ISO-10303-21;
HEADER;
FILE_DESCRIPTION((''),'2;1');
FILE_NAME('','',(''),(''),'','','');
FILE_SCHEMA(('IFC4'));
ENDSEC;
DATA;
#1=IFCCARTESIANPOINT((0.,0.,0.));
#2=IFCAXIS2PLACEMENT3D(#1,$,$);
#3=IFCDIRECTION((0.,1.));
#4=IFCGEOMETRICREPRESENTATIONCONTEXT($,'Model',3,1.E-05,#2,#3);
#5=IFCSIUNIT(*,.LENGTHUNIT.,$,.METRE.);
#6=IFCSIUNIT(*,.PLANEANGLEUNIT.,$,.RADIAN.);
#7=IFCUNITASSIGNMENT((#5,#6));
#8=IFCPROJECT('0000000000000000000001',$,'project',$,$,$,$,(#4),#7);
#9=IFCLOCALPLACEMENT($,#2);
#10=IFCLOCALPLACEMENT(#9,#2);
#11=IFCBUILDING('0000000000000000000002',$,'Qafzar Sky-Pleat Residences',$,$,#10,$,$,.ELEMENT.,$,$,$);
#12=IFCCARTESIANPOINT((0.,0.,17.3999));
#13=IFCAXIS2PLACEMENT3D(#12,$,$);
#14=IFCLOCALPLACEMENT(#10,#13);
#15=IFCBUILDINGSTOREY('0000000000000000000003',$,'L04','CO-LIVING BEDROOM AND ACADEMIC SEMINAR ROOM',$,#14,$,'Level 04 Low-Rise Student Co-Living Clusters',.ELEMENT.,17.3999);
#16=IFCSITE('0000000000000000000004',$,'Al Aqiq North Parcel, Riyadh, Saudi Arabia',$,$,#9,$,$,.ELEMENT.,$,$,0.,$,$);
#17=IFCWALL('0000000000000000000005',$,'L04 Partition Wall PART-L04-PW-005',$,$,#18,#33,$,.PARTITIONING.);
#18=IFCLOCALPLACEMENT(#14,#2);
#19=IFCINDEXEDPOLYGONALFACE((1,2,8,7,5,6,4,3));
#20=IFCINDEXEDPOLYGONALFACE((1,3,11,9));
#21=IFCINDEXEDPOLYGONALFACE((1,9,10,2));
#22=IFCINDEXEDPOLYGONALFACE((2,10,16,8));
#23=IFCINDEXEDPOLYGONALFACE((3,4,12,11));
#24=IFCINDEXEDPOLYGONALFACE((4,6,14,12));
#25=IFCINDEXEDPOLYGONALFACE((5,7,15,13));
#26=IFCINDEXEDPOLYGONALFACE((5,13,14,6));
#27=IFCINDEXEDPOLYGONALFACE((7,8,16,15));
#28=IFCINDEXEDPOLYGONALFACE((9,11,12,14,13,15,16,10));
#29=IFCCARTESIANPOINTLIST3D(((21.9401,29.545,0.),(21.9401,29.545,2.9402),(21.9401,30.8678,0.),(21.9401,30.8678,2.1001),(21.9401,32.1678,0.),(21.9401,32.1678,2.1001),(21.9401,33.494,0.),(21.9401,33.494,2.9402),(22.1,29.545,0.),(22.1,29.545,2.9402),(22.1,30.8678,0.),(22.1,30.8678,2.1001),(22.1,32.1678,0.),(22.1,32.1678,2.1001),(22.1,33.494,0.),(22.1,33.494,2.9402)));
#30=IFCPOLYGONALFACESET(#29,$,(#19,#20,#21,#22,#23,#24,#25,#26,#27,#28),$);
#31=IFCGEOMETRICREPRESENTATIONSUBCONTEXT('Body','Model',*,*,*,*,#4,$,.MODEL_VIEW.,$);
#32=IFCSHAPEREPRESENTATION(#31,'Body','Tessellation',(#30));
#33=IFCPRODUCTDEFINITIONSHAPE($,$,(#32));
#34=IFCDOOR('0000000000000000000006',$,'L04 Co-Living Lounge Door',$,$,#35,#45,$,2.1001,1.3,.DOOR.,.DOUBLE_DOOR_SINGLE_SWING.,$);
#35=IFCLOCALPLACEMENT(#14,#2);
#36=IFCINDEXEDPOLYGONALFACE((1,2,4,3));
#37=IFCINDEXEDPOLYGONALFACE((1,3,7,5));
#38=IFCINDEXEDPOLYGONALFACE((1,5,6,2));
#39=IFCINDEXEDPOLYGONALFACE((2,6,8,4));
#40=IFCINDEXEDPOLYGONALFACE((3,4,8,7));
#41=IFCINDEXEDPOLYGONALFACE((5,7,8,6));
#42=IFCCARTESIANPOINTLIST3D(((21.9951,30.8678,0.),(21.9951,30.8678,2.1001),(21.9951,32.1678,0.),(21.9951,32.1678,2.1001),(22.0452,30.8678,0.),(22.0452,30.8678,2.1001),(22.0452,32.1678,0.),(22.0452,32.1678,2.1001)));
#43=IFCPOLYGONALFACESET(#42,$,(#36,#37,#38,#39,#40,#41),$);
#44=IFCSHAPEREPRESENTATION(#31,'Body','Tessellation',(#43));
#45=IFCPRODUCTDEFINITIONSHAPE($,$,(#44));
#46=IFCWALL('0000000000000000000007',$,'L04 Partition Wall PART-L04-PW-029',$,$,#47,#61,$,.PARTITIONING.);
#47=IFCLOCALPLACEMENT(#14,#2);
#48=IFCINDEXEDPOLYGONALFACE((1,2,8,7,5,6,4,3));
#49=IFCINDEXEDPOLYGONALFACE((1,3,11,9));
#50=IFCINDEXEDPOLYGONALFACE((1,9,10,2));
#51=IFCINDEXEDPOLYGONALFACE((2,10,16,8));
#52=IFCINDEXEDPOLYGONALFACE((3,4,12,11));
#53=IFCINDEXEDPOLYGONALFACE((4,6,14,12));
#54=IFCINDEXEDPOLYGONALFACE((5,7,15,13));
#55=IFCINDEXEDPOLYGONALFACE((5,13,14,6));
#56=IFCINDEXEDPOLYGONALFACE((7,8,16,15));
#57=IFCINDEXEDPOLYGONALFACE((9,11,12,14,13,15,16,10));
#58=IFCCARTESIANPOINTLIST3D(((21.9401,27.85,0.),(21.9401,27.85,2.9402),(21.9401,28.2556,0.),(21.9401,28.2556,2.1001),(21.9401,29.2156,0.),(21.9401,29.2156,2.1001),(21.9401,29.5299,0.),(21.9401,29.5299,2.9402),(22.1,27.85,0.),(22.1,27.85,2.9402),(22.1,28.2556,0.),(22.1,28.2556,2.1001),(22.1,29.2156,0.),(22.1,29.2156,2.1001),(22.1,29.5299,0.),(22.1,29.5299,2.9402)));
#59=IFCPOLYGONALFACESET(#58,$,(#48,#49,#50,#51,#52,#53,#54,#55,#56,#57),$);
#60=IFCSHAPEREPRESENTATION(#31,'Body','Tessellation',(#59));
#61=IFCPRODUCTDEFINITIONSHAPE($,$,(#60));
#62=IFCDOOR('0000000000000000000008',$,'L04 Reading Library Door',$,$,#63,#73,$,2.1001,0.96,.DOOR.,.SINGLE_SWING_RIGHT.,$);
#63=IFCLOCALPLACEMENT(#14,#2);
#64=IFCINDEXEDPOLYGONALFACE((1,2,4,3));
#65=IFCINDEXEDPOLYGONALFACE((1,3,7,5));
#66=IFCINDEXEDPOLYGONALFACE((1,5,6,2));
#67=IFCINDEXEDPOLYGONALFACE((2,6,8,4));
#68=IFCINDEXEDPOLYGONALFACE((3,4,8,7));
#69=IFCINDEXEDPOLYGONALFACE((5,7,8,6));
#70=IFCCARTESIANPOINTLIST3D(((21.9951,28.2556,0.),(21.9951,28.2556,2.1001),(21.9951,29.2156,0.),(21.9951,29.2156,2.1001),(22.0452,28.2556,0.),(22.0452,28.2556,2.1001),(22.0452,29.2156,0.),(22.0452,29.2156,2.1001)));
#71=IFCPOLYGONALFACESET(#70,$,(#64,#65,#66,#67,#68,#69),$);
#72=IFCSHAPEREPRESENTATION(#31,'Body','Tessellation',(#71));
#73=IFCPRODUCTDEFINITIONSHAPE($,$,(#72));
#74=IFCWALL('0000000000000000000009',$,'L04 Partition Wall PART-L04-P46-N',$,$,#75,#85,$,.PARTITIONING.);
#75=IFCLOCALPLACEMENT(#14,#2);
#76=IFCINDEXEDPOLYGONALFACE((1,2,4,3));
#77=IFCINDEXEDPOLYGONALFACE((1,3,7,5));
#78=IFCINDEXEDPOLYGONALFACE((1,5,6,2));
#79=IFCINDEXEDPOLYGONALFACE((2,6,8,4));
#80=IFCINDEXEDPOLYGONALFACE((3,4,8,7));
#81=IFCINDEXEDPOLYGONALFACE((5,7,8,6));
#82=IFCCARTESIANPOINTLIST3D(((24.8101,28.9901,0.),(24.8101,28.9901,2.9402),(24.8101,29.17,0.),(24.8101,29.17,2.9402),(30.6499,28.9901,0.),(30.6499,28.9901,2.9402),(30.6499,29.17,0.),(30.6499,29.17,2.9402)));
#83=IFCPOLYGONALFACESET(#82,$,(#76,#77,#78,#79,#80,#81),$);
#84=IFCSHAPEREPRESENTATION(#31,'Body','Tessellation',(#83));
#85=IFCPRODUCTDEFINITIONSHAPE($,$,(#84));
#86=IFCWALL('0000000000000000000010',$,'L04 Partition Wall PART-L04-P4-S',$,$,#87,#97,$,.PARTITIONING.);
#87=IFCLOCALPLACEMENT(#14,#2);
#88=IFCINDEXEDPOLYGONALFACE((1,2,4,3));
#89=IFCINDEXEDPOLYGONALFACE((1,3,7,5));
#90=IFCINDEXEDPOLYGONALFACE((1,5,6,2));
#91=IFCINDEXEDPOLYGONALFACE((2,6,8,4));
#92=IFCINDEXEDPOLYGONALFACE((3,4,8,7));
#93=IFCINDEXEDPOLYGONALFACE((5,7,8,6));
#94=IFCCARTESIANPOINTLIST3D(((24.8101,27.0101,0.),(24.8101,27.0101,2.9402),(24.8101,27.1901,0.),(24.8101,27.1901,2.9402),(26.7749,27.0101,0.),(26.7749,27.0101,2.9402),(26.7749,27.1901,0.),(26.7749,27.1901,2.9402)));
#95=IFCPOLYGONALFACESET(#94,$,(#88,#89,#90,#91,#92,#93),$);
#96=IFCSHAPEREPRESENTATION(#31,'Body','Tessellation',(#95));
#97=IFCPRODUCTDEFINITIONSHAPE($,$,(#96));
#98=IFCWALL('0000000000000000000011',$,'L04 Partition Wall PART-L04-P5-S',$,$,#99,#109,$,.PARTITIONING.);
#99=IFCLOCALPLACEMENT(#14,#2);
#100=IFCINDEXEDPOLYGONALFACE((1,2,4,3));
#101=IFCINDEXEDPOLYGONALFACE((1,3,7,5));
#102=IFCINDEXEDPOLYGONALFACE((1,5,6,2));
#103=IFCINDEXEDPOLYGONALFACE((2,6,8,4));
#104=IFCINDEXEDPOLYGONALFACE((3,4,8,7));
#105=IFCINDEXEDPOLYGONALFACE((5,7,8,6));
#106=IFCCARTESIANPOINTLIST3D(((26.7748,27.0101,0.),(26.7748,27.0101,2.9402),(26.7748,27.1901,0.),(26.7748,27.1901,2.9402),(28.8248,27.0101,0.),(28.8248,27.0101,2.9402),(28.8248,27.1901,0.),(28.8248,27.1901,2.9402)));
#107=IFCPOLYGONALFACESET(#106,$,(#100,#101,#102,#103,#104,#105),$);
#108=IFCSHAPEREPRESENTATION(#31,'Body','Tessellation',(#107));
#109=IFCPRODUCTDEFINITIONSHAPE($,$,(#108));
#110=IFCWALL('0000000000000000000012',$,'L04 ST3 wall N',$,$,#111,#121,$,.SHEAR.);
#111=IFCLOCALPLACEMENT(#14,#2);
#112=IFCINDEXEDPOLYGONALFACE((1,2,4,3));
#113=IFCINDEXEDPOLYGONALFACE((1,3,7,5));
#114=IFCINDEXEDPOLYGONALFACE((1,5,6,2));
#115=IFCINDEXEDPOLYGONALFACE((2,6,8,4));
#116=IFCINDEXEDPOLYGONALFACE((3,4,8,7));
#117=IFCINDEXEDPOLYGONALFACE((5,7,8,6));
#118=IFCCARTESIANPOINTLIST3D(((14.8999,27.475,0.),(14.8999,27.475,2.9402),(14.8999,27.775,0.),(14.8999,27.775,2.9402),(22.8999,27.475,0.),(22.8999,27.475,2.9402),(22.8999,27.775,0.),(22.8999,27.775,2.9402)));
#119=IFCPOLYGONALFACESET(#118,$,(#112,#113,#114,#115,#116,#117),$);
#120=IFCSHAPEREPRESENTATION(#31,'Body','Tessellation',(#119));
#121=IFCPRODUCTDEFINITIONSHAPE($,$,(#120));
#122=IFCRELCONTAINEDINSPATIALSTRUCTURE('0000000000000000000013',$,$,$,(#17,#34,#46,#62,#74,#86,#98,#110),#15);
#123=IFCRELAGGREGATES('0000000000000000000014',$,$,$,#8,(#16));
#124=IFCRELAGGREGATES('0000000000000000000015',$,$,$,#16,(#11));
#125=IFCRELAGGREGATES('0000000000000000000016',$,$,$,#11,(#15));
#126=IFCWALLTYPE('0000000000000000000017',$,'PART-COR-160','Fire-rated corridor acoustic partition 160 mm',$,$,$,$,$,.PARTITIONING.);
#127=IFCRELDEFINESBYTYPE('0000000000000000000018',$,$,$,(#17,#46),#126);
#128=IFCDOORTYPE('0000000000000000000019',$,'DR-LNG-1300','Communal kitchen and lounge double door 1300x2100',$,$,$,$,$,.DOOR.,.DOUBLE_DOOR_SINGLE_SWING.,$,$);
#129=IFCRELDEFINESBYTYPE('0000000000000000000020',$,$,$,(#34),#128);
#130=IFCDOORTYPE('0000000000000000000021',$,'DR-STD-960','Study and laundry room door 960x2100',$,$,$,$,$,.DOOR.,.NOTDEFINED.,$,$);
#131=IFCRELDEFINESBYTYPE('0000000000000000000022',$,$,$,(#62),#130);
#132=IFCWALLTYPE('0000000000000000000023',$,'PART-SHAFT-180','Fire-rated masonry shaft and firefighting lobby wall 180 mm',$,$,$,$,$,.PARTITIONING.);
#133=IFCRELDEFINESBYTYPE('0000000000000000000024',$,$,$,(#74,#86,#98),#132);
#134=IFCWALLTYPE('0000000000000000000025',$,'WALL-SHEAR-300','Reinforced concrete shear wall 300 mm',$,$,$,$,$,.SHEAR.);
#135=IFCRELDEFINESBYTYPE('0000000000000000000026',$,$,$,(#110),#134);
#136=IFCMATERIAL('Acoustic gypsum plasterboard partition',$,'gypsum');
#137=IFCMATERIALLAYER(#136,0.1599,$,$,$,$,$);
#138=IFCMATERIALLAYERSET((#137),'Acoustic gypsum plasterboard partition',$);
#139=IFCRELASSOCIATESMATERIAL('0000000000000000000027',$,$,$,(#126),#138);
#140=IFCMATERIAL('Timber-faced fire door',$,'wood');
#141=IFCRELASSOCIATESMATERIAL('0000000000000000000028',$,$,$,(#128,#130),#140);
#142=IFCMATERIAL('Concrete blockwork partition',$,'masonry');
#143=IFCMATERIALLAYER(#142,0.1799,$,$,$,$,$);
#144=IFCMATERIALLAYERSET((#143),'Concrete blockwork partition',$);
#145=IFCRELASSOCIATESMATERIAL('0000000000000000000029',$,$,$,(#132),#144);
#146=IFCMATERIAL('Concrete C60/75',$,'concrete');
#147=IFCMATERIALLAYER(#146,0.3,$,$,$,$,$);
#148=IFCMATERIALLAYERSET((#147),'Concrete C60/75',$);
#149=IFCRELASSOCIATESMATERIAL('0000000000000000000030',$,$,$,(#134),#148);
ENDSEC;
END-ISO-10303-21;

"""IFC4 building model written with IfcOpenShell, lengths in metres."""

from ifc_helpers import new_model, si_unit, direction, frame, frame_2d, origin, place, context, subcontext, project, spatial, rectangle, extrude, source, transform, mapped, material, layer, layer_set, type_object, element, fill, save


model = new_model("IFC4")

# Units and contexts
model_context = context("Model", 3, precision=1e-05, world=origin(), true_north=direction((0.0, 1.0)))
body_context = subcontext(model_context, "Body", "Model", "MODEL_VIEW")
ifc_project = project(units=[si_unit("LENGTHUNIT", "METRE"), si_unit("PLANEANGLEUNIT", "RADIAN")], contexts=[model_context])

# Site, building, storey
site_placement = place(None, origin())
site = spatial("IfcSite", under=ifc_project, at=site_placement, Name="Al Aqiq North Parcel, Riyadh, Saudi Arabia", CompositionType="ELEMENT", RefElevation=0.0)
building_placement = place(site_placement, origin())
building = spatial("IfcBuilding", under=site, at=building_placement, Name="Qafzar Sky-Pleat Residences", CompositionType="ELEMENT")
storey_placement = place(building_placement, frame((0.0, 0.0, 17.3999)))
storey = spatial("IfcBuildingStorey", under=building, at=storey_placement, Name="L04", Description="CO-LIVING BEDROOM AND ACADEMIC SEMINAR ROOM", LongName="Level 04 Low-Rise Student Co-Living Clusters", CompositionType="ELEMENT", Elevation=17.3999)

# Walls, openings, doors
ifc_material_1 = material(Name="Acoustic gypsum plasterboard partition", Category="gypsum")
ifc_layer_1 = layer(ifc_material_1, 0.1599)
ifc_layer_set_1 = layer_set([ifc_layer_1], Name="Acoustic gypsum plasterboard partition")
wall_type_1 = type_object("IfcWallType", Name="PART-COR-160", Description="Fire-rated corridor acoustic partition 160 mm", PredefinedType="PARTITIONING", material=ifc_layer_set_1)
wall_1_placement = place(storey_placement, frame((22.02, 29.5449, 0.0), z_axis=(0.0, 0.0, 1.0), x_axis=(0.0, 1.0, 0.0)))
wall_1 = element("IfcWall", 1, at=wall_1_placement, inside=storey, type_object=wall_type_1, Name="L04 Partition Wall PART-L04-PW-005", PredefinedType="PARTITIONING", context=body_context, shape_type="SweptSolid", body=[
    extrude(rectangle(XDim=3.949, YDim=0.1599, at=frame_2d((1.9746, 0.0))), origin(), (0.0, 0.0, 1.0), 2.9402),
])
opening_1_placement = place(wall_1_placement, frame((1.323, 0.0, 0.0)))
opening_1 = element("IfcOpeningElement", 2, at=opening_1_placement, cuts=wall_1, PredefinedType="OPENING", context=body_context, shape_type="SweptSolid", body=[
    extrude(rectangle(XDim=1.3, YDim=2.1001, at=frame_2d((0.6499, 1.05))), frame((0.0, 0.0898, 0.0), z_axis=(0.0, -1.0, 0.0), x_axis=(1.0, 0.0, 0.0)), (0.0, 0.0, 1.0), 0.1799),
])
ifc_material_2 = material(Name="Timber-faced fire door", Category="wood")
door_type_1 = type_object("IfcDoorType", Name="DR-LNG-1300", Description="Communal kitchen and lounge double door 1300x2100", OperationType="DOUBLE_DOOR_SINGLE_SWING", PredefinedType="DOOR", material=ifc_material_2)
shared_shape_1 = source(origin(), body_context, "Body", "SweptSolid", [
    extrude(rectangle(XDim=1.3, YDim=2.1001, at=frame_2d((0.6499, 1.05))), frame((0.0, 0.0249, 0.0), z_axis=(0.0, -1.0, 0.0), x_axis=(1.0, 0.0, 0.0)), (0.0, 0.0, 1.0), 0.05),
])
door_1_placement = place(opening_1_placement, origin())
door_1 = element("IfcDoor", 3, at=door_1_placement, inside=storey, type_object=door_type_1, Name="L04 Co-Living Lounge Door", OperationType="DOUBLE_DOOR_SINGLE_SWING", OverallHeight=2.1001, OverallWidth=1.3, PredefinedType="DOOR", context=body_context, shape_type="MappedRepresentation", body=[
    mapped(shared_shape_1, transform((0.0, 0.0, 0.0), x_axis=(1.0, 0.0, 0.0), y_axis=(0.0, 1.0, 0.0), z_axis=(0.0, 0.0, 1.0), scale=1.0)),
])
fill(opening_1, door_1)
wall_2_placement = place(storey_placement, frame((22.02, 27.8501, 0.0), z_axis=(0.0, 0.0, 1.0), x_axis=(0.0, 1.0, 0.0)))
wall_2 = element("IfcWall", 4, at=wall_2_placement, inside=storey, type_object=wall_type_1, Name="L04 Partition Wall PART-L04-PW-029", PredefinedType="PARTITIONING", context=body_context, shape_type="SweptSolid", body=[
    extrude(rectangle(XDim=1.6799, YDim=0.1599, at=frame_2d((0.8398, 0.0))), origin(), (0.0, 0.0, 1.0), 2.9402),
])
opening_2_placement = place(wall_2_placement, frame((0.4055, 0.0, 0.0)))
opening_2 = element("IfcOpeningElement", 5, at=opening_2_placement, cuts=wall_2, PredefinedType="OPENING", context=body_context, shape_type="SweptSolid", body=[
    extrude(rectangle(XDim=0.96, YDim=2.1001, at=frame_2d((0.48, 1.05))), frame((0.0, 0.0898, 0.0), z_axis=(0.0, -1.0, 0.0), x_axis=(1.0, 0.0, 0.0)), (0.0, 0.0, 1.0), 0.1799),
])
door_type_2 = type_object("IfcDoorType", Name="DR-STD-960", Description="Study and laundry room door 960x2100", OperationType="NOTDEFINED", PredefinedType="DOOR", material=ifc_material_2)
shared_shape_2 = source(origin(), body_context, "Body", "SweptSolid", [
    extrude(rectangle(XDim=0.96, YDim=2.1001, at=frame_2d((0.48, 1.05))), frame((0.0, 0.0249, 0.0), z_axis=(0.0, -1.0, 0.0), x_axis=(1.0, 0.0, 0.0)), (0.0, 0.0, 1.0), 0.05),
])
door_2_placement = place(opening_2_placement, origin())
door_2 = element("IfcDoor", 6, at=door_2_placement, inside=storey, type_object=door_type_2, Name="L04 Reading Library Door", OperationType="SINGLE_SWING_RIGHT", OverallHeight=2.1001, OverallWidth=0.96, PredefinedType="DOOR", context=body_context, shape_type="MappedRepresentation", body=[
    mapped(shared_shape_2, transform((0.0, 0.0, 0.0), x_axis=(1.0, 0.0, 0.0), y_axis=(0.0, 1.0, 0.0), z_axis=(0.0, 0.0, 1.0), scale=1.0)),
])
fill(opening_2, door_2)
ifc_material_3 = material(Name="Concrete blockwork partition", Category="masonry")
ifc_layer_2 = layer(ifc_material_3, 0.1799)
ifc_layer_set_2 = layer_set([ifc_layer_2], Name="Concrete blockwork partition")
wall_type_2 = type_object("IfcWallType", Name="PART-SHAFT-180", Description="Fire-rated masonry shaft and firefighting lobby wall 180 mm", PredefinedType="PARTITIONING", material=ifc_layer_set_2)

# Walls
wall_3_placement = place(storey_placement, frame((24.8101, 29.0801, 0.0), z_axis=(0.0, 0.0, 1.0), x_axis=(1.0, 0.0, 0.0)))
element("IfcWall", 7, at=wall_3_placement, inside=storey, type_object=wall_type_2, Name="L04 Partition Wall PART-L04-P46-N", PredefinedType="PARTITIONING", context=body_context, shape_type="SweptSolid", body=[
    extrude(rectangle(XDim=5.8398, YDim=0.1799, at=frame_2d((2.9199, 0.0))), origin(), (0.0, 0.0, 1.0), 2.9402),
])
wall_4_placement = place(storey_placement, frame((24.8101, 27.1001, 0.0), z_axis=(0.0, 0.0, 1.0), x_axis=(1.0, 0.0, 0.0)))
element("IfcWall", 8, at=wall_4_placement, inside=storey, type_object=wall_type_2, Name="L04 Partition Wall PART-L04-P4-S", PredefinedType="PARTITIONING", context=body_context, shape_type="SweptSolid", body=[
    extrude(rectangle(XDim=1.9648, YDim=0.1799, at=frame_2d((0.9824, 0.0))), origin(), (0.0, 0.0, 1.0), 2.9402),
])
wall_5_placement = place(storey_placement, frame((26.7749, 27.1001, 0.0), z_axis=(0.0, 0.0, 1.0), x_axis=(1.0, 0.0, 0.0)))
element("IfcWall", 9, at=wall_5_placement, inside=storey, type_object=wall_type_2, Name="L04 Partition Wall PART-L04-P5-S", PredefinedType="PARTITIONING", context=body_context, shape_type="SweptSolid", body=[
    extrude(rectangle(XDim=2.05, YDim=0.1799, at=frame_2d((1.0249, 0.0))), origin(), (0.0, 0.0, 1.0), 2.9402),
])

# Shared definitions
ifc_material_4 = material(Name="Concrete C60/75", Category="concrete")
ifc_layer_3 = layer(ifc_material_4, 0.3)
ifc_layer_set_3 = layer_set([ifc_layer_3], Name="Concrete C60/75")
wall_type_3 = type_object("IfcWallType", Name="WALL-SHEAR-300", Description="Reinforced concrete shear wall 300 mm", PredefinedType="SHEAR", material=ifc_layer_set_3)

# Wall
wall_6_placement = place(storey_placement, frame((22.8999, 27.625, 0.0), z_axis=(0.0, 0.0, 1.0), x_axis=(-1.0, 0.0, 0.0)))
element("IfcWall", 10, at=wall_6_placement, inside=storey, type_object=wall_type_3, Name="L04 ST3 wall N", PredefinedType="SHEAR", context=body_context, shape_type="SweptSolid", body=[
    extrude(rectangle(XDim=8.0, YDim=0.3, at=frame_2d((4.0, 0.0))), origin(), (0.0, 0.0, 1.0), 2.9402),
])

save(model, "model.ifc")
